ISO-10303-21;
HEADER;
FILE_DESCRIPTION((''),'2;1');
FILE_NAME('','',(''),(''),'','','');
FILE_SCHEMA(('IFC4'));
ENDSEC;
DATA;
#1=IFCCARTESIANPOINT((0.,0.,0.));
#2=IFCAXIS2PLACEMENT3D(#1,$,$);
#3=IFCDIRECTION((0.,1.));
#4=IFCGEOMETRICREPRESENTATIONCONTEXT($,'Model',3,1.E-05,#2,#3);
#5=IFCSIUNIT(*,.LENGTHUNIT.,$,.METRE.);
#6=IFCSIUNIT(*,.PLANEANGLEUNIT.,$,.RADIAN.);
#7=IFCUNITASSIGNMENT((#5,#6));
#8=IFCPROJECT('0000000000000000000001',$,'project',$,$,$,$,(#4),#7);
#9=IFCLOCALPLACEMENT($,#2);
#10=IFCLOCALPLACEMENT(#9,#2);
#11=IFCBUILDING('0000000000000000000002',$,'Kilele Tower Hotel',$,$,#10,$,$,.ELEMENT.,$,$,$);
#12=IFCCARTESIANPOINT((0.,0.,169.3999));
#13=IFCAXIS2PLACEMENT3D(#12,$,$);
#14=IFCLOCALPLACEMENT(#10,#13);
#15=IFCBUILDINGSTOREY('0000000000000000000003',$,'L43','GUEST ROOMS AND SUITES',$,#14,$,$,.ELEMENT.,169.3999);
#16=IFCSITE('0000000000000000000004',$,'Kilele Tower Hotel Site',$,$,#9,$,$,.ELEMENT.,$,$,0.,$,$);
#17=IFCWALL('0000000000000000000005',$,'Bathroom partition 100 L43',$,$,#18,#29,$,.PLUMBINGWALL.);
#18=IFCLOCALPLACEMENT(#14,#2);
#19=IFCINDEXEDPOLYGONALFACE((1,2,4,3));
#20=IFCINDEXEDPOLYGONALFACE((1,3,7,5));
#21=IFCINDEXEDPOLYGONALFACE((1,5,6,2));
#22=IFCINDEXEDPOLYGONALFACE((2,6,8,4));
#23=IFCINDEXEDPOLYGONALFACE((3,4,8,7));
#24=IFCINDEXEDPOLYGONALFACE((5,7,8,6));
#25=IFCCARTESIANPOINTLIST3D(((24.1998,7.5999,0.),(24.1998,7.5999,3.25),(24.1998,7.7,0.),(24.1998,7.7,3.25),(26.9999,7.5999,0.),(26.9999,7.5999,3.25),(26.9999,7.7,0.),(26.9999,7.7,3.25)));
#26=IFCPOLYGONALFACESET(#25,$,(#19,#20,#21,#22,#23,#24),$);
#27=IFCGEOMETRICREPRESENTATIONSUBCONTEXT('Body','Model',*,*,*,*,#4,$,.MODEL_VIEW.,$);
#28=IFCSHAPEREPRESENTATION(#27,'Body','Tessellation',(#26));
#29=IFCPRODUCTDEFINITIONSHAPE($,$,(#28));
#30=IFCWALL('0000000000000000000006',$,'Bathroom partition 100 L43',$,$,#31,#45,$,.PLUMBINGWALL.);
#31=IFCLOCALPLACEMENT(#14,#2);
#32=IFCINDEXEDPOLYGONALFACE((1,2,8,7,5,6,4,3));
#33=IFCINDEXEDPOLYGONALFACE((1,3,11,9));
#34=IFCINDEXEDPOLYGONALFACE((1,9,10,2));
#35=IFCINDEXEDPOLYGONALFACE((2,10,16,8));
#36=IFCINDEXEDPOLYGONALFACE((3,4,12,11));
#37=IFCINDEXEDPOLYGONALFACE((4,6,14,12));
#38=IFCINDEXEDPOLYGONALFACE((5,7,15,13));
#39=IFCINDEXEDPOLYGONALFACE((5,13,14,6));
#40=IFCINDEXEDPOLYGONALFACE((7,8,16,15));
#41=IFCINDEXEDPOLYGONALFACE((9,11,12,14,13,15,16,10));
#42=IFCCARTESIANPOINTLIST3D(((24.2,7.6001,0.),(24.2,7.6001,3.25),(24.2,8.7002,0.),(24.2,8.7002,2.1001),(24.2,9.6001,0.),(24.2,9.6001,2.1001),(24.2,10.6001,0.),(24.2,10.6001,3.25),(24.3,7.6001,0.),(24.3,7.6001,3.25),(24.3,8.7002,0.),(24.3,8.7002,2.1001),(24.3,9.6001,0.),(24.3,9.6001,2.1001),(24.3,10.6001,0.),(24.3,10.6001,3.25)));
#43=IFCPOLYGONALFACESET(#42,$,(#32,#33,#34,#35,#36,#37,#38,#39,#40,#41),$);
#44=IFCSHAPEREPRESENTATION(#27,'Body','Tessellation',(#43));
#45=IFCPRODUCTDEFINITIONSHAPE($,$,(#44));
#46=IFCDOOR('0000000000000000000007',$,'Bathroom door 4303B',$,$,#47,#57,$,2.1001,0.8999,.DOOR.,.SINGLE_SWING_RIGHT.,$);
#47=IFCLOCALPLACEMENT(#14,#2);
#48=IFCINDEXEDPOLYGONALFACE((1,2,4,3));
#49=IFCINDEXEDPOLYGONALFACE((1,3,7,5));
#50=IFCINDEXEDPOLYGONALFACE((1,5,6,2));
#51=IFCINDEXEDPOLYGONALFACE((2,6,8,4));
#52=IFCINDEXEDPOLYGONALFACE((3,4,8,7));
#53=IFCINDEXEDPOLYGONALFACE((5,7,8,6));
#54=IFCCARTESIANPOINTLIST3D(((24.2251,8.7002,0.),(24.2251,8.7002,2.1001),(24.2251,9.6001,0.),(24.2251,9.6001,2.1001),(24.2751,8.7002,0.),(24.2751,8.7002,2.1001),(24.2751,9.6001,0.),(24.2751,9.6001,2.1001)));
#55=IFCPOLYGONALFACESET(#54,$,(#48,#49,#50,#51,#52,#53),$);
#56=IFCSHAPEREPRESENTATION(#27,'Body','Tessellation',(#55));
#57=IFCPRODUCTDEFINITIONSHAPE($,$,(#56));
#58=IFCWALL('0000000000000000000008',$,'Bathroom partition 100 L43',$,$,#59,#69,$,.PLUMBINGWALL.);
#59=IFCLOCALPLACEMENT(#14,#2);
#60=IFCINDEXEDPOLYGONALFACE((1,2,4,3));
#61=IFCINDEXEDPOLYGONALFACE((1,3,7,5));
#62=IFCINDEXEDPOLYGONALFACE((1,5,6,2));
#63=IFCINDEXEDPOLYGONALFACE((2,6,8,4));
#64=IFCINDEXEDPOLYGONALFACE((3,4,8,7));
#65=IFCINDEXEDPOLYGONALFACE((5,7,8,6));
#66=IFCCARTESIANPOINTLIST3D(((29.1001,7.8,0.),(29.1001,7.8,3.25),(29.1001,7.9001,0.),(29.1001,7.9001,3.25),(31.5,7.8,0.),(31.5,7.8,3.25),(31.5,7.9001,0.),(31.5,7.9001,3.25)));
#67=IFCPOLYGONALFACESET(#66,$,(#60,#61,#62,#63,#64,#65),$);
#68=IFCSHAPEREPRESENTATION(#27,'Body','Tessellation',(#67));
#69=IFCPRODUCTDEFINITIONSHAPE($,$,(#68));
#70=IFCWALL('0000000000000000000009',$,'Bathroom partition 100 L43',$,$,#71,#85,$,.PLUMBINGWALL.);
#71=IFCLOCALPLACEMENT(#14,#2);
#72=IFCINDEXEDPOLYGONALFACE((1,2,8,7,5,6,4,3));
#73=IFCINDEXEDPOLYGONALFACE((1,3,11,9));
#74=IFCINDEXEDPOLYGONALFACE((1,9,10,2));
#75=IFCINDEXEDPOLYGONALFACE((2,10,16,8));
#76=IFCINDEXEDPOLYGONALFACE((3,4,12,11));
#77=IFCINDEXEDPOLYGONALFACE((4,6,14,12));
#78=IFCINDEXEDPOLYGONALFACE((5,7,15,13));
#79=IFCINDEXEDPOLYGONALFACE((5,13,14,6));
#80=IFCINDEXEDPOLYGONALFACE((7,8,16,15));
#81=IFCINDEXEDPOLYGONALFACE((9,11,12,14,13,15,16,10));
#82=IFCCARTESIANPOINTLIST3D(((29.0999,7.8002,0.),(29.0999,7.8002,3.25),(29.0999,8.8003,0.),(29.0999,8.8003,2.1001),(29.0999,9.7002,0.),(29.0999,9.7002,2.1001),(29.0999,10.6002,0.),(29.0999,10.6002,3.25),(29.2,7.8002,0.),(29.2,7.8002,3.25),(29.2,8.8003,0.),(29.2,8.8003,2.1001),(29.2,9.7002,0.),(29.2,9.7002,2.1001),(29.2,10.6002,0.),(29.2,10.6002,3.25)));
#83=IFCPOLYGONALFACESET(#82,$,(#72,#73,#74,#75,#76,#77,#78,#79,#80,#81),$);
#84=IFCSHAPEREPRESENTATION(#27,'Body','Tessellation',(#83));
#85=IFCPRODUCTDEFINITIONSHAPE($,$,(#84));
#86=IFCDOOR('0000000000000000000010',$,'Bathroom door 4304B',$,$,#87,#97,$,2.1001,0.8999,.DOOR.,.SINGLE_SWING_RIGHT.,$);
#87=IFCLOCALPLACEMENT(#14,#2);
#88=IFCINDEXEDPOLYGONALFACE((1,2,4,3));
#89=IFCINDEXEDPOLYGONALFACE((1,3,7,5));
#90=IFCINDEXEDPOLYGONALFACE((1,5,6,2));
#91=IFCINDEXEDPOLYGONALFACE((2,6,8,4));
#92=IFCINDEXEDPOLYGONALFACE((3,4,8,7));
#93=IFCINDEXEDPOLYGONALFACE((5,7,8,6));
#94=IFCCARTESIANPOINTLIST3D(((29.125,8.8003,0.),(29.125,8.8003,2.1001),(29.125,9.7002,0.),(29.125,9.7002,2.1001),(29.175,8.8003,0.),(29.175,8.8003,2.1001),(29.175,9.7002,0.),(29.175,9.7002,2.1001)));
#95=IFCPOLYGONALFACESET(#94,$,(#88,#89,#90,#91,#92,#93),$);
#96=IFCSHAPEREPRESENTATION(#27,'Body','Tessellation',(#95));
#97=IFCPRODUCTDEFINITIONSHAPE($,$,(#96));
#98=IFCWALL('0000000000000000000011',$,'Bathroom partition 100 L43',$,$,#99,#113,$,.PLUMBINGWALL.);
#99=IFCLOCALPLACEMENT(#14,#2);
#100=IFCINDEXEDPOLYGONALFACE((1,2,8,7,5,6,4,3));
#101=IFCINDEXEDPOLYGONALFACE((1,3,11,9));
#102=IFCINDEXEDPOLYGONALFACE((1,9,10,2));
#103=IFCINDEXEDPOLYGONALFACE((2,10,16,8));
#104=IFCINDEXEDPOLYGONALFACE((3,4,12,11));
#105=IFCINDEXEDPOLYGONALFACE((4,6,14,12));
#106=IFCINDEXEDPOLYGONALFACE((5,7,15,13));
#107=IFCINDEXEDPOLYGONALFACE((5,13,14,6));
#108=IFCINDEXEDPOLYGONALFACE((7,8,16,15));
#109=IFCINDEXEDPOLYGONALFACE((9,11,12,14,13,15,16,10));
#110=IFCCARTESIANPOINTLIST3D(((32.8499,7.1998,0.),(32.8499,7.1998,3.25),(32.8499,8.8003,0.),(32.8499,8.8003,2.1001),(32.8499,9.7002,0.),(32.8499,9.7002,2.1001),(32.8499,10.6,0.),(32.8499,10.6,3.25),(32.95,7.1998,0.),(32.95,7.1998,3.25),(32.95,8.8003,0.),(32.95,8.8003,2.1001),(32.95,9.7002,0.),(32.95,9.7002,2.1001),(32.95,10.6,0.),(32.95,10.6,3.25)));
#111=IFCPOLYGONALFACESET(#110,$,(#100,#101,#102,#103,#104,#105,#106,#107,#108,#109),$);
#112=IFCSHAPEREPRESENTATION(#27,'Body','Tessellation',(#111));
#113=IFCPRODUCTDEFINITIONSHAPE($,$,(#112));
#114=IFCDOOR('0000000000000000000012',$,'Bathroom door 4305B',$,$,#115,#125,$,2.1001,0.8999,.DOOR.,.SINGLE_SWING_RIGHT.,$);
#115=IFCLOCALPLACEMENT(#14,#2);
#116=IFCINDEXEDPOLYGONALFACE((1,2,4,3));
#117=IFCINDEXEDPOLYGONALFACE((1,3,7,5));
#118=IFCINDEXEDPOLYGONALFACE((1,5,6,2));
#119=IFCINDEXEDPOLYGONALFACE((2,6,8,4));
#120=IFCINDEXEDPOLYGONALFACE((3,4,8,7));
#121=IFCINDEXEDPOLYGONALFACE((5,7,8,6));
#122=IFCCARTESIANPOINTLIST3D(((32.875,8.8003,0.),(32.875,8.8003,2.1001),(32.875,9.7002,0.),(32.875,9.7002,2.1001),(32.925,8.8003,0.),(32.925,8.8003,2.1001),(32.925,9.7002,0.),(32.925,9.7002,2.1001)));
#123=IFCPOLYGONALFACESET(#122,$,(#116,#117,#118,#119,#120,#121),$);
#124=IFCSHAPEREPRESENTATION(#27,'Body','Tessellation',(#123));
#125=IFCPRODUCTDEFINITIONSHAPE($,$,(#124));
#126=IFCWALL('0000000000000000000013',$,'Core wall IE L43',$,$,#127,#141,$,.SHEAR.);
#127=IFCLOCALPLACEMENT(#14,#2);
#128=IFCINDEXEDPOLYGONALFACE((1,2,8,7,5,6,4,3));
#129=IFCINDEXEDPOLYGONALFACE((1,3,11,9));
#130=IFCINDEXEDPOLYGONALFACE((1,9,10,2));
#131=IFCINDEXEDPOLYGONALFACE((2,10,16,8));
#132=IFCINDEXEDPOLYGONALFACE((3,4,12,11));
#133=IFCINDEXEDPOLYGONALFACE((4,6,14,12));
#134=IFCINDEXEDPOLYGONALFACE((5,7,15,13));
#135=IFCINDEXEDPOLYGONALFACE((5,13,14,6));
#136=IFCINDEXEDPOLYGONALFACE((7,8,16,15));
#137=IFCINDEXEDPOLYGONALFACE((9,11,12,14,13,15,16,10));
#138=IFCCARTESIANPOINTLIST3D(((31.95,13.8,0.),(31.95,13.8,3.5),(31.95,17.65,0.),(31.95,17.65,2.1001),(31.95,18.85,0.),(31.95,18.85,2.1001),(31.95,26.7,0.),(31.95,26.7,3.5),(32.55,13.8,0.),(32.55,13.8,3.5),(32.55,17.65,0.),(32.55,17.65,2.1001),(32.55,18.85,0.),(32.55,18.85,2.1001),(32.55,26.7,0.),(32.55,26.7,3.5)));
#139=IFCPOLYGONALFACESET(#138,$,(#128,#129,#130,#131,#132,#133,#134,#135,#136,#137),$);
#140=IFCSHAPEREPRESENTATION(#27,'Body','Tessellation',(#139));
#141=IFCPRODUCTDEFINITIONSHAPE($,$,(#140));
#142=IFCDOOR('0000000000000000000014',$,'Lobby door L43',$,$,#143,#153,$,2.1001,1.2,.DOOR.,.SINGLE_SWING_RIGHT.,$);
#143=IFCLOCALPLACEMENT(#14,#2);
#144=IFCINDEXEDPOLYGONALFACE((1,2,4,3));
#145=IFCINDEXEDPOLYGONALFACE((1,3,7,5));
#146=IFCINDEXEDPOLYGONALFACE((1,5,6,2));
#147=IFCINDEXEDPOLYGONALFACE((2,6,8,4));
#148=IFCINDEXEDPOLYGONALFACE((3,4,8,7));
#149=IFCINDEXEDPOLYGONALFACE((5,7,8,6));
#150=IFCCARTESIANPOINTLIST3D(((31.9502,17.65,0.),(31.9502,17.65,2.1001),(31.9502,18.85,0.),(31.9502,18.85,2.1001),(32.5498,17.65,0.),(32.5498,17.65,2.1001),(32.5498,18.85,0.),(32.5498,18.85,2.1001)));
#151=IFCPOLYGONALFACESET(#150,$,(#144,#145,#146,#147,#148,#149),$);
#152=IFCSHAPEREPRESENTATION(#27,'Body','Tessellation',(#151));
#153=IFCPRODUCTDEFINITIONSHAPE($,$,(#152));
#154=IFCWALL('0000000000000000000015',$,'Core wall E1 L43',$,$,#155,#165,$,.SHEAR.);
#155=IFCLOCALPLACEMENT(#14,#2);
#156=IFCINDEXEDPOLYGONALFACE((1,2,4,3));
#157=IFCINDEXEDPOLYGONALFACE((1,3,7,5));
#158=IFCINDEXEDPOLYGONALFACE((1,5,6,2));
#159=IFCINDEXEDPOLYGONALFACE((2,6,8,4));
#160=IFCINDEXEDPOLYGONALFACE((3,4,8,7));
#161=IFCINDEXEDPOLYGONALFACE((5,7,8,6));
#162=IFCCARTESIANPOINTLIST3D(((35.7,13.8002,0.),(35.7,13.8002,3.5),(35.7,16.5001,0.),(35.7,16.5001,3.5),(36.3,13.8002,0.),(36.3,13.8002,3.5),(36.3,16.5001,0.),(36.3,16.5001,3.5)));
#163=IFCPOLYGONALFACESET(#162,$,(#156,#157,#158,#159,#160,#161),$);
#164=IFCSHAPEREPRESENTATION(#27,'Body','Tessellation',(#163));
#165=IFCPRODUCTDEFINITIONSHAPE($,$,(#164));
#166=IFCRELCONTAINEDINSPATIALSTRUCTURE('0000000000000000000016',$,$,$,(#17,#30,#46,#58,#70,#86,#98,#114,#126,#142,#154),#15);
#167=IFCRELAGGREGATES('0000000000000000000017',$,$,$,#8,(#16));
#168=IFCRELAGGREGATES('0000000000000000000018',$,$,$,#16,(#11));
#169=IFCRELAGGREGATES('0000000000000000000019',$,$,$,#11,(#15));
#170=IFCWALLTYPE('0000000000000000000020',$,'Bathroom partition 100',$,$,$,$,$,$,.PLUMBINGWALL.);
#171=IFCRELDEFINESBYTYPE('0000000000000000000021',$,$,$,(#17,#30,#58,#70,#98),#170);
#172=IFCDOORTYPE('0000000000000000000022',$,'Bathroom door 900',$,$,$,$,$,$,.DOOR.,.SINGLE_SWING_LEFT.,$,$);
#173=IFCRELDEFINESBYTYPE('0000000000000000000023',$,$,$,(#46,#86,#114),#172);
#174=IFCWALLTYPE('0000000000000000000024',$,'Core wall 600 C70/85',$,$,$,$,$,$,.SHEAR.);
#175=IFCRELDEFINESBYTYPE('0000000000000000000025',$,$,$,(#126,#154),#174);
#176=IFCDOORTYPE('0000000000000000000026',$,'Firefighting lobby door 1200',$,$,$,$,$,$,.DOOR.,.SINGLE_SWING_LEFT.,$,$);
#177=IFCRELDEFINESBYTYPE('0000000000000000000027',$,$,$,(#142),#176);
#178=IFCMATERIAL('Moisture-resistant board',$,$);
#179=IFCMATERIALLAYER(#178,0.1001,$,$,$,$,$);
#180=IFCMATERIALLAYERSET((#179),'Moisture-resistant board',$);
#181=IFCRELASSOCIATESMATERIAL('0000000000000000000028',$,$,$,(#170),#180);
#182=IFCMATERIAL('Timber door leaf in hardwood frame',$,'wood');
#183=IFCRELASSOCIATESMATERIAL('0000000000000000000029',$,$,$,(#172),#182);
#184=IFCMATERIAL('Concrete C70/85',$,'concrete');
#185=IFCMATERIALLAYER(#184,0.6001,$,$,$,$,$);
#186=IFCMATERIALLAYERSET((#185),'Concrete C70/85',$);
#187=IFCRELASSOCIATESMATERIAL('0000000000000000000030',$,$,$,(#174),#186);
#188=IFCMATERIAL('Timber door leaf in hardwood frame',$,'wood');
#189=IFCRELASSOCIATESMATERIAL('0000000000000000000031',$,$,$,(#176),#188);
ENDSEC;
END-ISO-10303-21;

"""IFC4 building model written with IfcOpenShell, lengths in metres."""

from ifc_helpers import new_model, si_unit, direction, frame, frame_2d, origin, place, context, subcontext, project, spatial, rectangle, extrude, material, layer, layer_set, type_object, element, fill, save


model = new_model("IFC4")

# Units and contexts
model_context = context("Model", 3, precision=1e-05, world=origin(), true_north=direction((0.0, 1.0)))
body_context = subcontext(model_context, "Body", "Model", "MODEL_VIEW")
ifc_project = project(units=[si_unit("LENGTHUNIT", "METRE"), si_unit("PLANEANGLEUNIT", "RADIAN")], contexts=[model_context])

# Site, building, storey
site_placement = place(None, origin())
site = spatial("IfcSite", under=ifc_project, at=site_placement, Name="Kilele Tower Hotel Site", CompositionType="ELEMENT", RefElevation=0.0)
building_placement = place(site_placement, origin())
building = spatial("IfcBuilding", under=site, at=building_placement, Name="Kilele Tower Hotel", CompositionType="ELEMENT")
storey_placement = place(building_placement, frame((0.0, 0.0, 169.3999)))
storey = spatial("IfcBuildingStorey", under=building, at=storey_placement, Name="L43", Description="GUEST ROOMS AND SUITES", CompositionType="ELEMENT", Elevation=169.3999)

# Wall
ifc_material_1 = material(Name="Moisture-resistant board")
ifc_layer_1 = layer(ifc_material_1, 0.1001)
ifc_layer_set_1 = layer_set([ifc_layer_1], Name="Moisture-resistant board")
wall_type_1 = type_object("IfcWallType", Name="Bathroom partition 100", PredefinedType="PLUMBINGWALL", material=ifc_layer_set_1)
wall_1_placement = place(storey_placement, frame((24.2, 7.6499, 0.0), z_axis=(0.0, 0.0, 1.0), x_axis=(1.0, 0.0, 0.0)))
element("IfcWall", 1, at=wall_1_placement, inside=storey, type_object=wall_type_1, Name="Bathroom partition 100 L43", PredefinedType="PLUMBINGWALL", context=body_context, shape_type="SweptSolid", body=[
    extrude(rectangle(XDim=2.8, YDim=0.1001, at=frame_2d((1.3999, 0.0))), origin(), (0.0, 0.0, 1.0), 3.25),
])

# Wall, opening, door
wall_2_placement = place(storey_placement, frame((24.25, 10.6001, 0.0), z_axis=(0.0, 0.0, 1.0), x_axis=(0.0, -1.0, 0.0)))
wall_2 = element("IfcWall", 2, at=wall_2_placement, inside=storey, type_object=wall_type_1, Name="Bathroom partition 100 L43", PredefinedType="PLUMBINGWALL", context=body_context, shape_type="SweptSolid", body=[
    extrude(rectangle(XDim=3.0, YDim=0.1001, at=frame_2d((1.5, 0.0))), origin(), (0.0, 0.0, 1.0), 3.25),
])
opening_1_placement = place(wall_2_placement, frame((1.8999, 0.0, 0.0), z_axis=(0.0, 0.0, 1.0), x_axis=(-1.0, 0.0, 0.0)))
opening_1 = element("IfcOpeningElement", 3, at=opening_1_placement, cuts=wall_2, PredefinedType="OPENING", context=body_context, shape_type="SweptSolid", body=[
    extrude(rectangle(XDim=0.8999, YDim=2.1001, at=frame_2d((0.45, 1.05))), frame((0.0, 0.0601, 0.0), z_axis=(0.0, -1.0, 0.0), x_axis=(1.0, 0.0, 0.0)), (0.0, 0.0, 1.0), 0.1201),
])
ifc_material_2 = material(Name="Timber door leaf in hardwood frame", Category="wood")
door_type_1 = type_object("IfcDoorType", Name="Bathroom door 900", OperationType="SINGLE_SWING_LEFT", PredefinedType="DOOR", material=ifc_material_2)
door_1_placement = place(opening_1_placement, origin())
door_1 = element("IfcDoor", 4, at=door_1_placement, inside=storey, type_object=door_type_1, Name="Bathroom door 4303B", OperationType="SINGLE_SWING_RIGHT", OverallHeight=2.1001, OverallWidth=0.8999, PredefinedType="DOOR", context=body_context, shape_type="SweptSolid", body=[
    extrude(rectangle(XDim=0.8999, YDim=2.1001, at=frame_2d((0.45, 1.05))), frame((0.0, 0.0249, 0.0), z_axis=(0.0, -1.0, 0.0), x_axis=(1.0, 0.0, 0.0)), (0.0, 0.0, 1.0), 0.05),
])
fill(opening_1, door_1)

# Wall
wall_3_placement = place(storey_placement, frame((29.1001, 7.8501, 0.0), z_axis=(0.0, 0.0, 1.0), x_axis=(1.0, 0.0, 0.0)))
element("IfcWall", 5, at=wall_3_placement, inside=storey, type_object=wall_type_1, Name="Bathroom partition 100 L43", PredefinedType="PLUMBINGWALL", context=body_context, shape_type="SweptSolid", body=[
    extrude(rectangle(XDim=2.3999, YDim=0.1001, at=frame_2d((1.2, 0.0))), origin(), (0.0, 0.0, 1.0), 3.25),
])

# Walls, openings, doors
wall_4_placement = place(storey_placement, frame((29.1499, 10.6001, 0.0), z_axis=(0.0, 0.0, 1.0), x_axis=(0.0, -1.0, 0.0)))
wall_4 = element("IfcWall", 6, at=wall_4_placement, inside=storey, type_object=wall_type_1, Name="Bathroom partition 100 L43", PredefinedType="PLUMBINGWALL", context=body_context, shape_type="SweptSolid", body=[
    extrude(rectangle(XDim=2.8, YDim=0.1001, at=frame_2d((1.3999, 0.0))), origin(), (0.0, 0.0, 1.0), 3.25),
])
opening_2_placement = place(wall_4_placement, frame((1.7998, 0.0, 0.0), z_axis=(0.0, 0.0, 1.0), x_axis=(-1.0, 0.0, 0.0)))
opening_2 = element("IfcOpeningElement", 7, at=opening_2_placement, cuts=wall_4, PredefinedType="OPENING", context=body_context, shape_type="SweptSolid", body=[
    extrude(rectangle(XDim=0.8999, YDim=2.1001, at=frame_2d((0.45, 1.05))), frame((0.0, 0.0601, 0.0), z_axis=(0.0, -1.0, 0.0), x_axis=(1.0, 0.0, 0.0)), (0.0, 0.0, 1.0), 0.1201),
])
door_2_placement = place(opening_2_placement, origin())
door_2 = element("IfcDoor", 8, at=door_2_placement, inside=storey, type_object=door_type_1, Name="Bathroom door 4304B", OperationType="SINGLE_SWING_RIGHT", OverallHeight=2.1001, OverallWidth=0.8999, PredefinedType="DOOR", context=body_context, shape_type="SweptSolid", body=[
    extrude(rectangle(XDim=0.8999, YDim=2.1001, at=frame_2d((0.45, 1.05))), frame((0.0, 0.0249, 0.0), z_axis=(0.0, -1.0, 0.0), x_axis=(1.0, 0.0, 0.0)), (0.0, 0.0, 1.0), 0.05),
])
fill(opening_2, door_2)
wall_5_placement = place(storey_placement, frame((32.8999, 10.6001, 0.0), z_axis=(0.0, 0.0, 1.0), x_axis=(0.0, -1.0, 0.0)))
wall_5 = element("IfcWall", 9, at=wall_5_placement, inside=storey, type_object=wall_type_1, Name="Bathroom partition 100 L43", PredefinedType="PLUMBINGWALL", context=body_context, shape_type="SweptSolid", body=[
    extrude(rectangle(XDim=3.4001, YDim=0.1001, at=frame_2d((1.7002, 0.0))), origin(), (0.0, 0.0, 1.0), 3.25),
])
opening_3_placement = place(wall_5_placement, frame((1.7998, 0.0, 0.0), z_axis=(0.0, 0.0, 1.0), x_axis=(-1.0, 0.0, 0.0)))
opening_3 = element("IfcOpeningElement", 10, at=opening_3_placement, cuts=wall_5, PredefinedType="OPENING", context=body_context, shape_type="SweptSolid", body=[
    extrude(rectangle(XDim=0.8999, YDim=2.1001, at=frame_2d((0.45, 1.05))), frame((0.0, 0.0601, 0.0), z_axis=(0.0, -1.0, 0.0), x_axis=(1.0, 0.0, 0.0)), (0.0, 0.0, 1.0), 0.1201),
])
door_3_placement = place(opening_3_placement, origin())
door_3 = element("IfcDoor", 11, at=door_3_placement, inside=storey, type_object=door_type_1, Name="Bathroom door 4305B", OperationType="SINGLE_SWING_RIGHT", OverallHeight=2.1001, OverallWidth=0.8999, PredefinedType="DOOR", context=body_context, shape_type="SweptSolid", body=[
    extrude(rectangle(XDim=0.8999, YDim=2.1001, at=frame_2d((0.45, 1.05))), frame((0.0, 0.0249, 0.0), z_axis=(0.0, -1.0, 0.0), x_axis=(1.0, 0.0, 0.0)), (0.0, 0.0, 1.0), 0.05),
])
fill(opening_3, door_3)
ifc_material_3 = material(Name="Concrete C70/85", Category="concrete")
ifc_layer_2 = layer(ifc_material_3, 0.6001)
ifc_layer_set_2 = layer_set([ifc_layer_2], Name="Concrete C70/85")
wall_type_2 = type_object("IfcWallType", Name="Core wall 600 C70/85", PredefinedType="SHEAR", material=ifc_layer_set_2)
wall_6_placement = place(storey_placement, frame((32.25, 13.8, 0.0), z_axis=(0.0, 0.0, 1.0), x_axis=(0.0, 1.0, 0.0)))
wall_6 = element("IfcWall", 12, at=wall_6_placement, inside=storey, type_object=wall_type_2, Name="Core wall IE L43", PredefinedType="SHEAR", context=body_context, shape_type="SweptSolid", body=[
    extrude(rectangle(XDim=12.8999, YDim=0.6001, at=frame_2d((6.45, 0.0))), origin(), (0.0, 0.0, 1.0), 3.5),
])
opening_4_placement = place(wall_6_placement, frame((5.05, 0.0, 0.0), z_axis=(0.0, 0.0, 1.0), x_axis=(-1.0, 0.0, 0.0)))
opening_4 = element("IfcOpeningElement", 13, at=opening_4_placement, cuts=wall_6, PredefinedType="OPENING", context=body_context, shape_type="SweptSolid", body=[
    extrude(rectangle(XDim=1.2, YDim=2.1001, at=frame_2d((0.6001, 1.05))), frame((0.0, 0.3101, 0.0), z_axis=(0.0, -1.0, 0.0), x_axis=(1.0, 0.0, 0.0)), (0.0, 0.0, 1.0), 0.6201),
])
ifc_material_4 = material(Name="Timber door leaf in hardwood frame", Category="wood")
door_type_2 = type_object("IfcDoorType", Name="Firefighting lobby door 1200", OperationType="SINGLE_SWING_LEFT", PredefinedType="DOOR", material=ifc_material_4)
door_4_placement = place(opening_4_placement, origin())
door_4 = element("IfcDoor", 14, at=door_4_placement, inside=storey, type_object=door_type_2, Name="Lobby door L43", OperationType="SINGLE_SWING_RIGHT", OverallHeight=2.1001, OverallWidth=1.2, PredefinedType="DOOR", context=body_context, shape_type="SweptSolid", body=[
    extrude(rectangle(XDim=1.2, YDim=2.1001, at=frame_2d((0.6001, 1.05))), frame((0.0, 0.2998, 0.0), z_axis=(0.0, -1.0, 0.0), x_axis=(1.0, 0.0, 0.0)), (0.0, 0.0, 1.0), 0.5996),
])
fill(opening_4, door_4)

# Wall
wall_7_placement = place(storey_placement, frame((36.0, 13.8, 0.0), z_axis=(0.0, 0.0, 1.0), x_axis=(0.0, 1.0, 0.0)))
element("IfcWall", 15, at=wall_7_placement, inside=storey, type_object=wall_type_2, Name="Core wall E1 L43", PredefinedType="SHEAR", context=body_context, shape_type="SweptSolid", body=[
    extrude(rectangle(XDim=2.7, YDim=0.6001, at=frame_2d((1.3501, 0.0))), origin(), (0.0, 0.0, 1.0), 3.5),
])

save(model, "model.ifc")
